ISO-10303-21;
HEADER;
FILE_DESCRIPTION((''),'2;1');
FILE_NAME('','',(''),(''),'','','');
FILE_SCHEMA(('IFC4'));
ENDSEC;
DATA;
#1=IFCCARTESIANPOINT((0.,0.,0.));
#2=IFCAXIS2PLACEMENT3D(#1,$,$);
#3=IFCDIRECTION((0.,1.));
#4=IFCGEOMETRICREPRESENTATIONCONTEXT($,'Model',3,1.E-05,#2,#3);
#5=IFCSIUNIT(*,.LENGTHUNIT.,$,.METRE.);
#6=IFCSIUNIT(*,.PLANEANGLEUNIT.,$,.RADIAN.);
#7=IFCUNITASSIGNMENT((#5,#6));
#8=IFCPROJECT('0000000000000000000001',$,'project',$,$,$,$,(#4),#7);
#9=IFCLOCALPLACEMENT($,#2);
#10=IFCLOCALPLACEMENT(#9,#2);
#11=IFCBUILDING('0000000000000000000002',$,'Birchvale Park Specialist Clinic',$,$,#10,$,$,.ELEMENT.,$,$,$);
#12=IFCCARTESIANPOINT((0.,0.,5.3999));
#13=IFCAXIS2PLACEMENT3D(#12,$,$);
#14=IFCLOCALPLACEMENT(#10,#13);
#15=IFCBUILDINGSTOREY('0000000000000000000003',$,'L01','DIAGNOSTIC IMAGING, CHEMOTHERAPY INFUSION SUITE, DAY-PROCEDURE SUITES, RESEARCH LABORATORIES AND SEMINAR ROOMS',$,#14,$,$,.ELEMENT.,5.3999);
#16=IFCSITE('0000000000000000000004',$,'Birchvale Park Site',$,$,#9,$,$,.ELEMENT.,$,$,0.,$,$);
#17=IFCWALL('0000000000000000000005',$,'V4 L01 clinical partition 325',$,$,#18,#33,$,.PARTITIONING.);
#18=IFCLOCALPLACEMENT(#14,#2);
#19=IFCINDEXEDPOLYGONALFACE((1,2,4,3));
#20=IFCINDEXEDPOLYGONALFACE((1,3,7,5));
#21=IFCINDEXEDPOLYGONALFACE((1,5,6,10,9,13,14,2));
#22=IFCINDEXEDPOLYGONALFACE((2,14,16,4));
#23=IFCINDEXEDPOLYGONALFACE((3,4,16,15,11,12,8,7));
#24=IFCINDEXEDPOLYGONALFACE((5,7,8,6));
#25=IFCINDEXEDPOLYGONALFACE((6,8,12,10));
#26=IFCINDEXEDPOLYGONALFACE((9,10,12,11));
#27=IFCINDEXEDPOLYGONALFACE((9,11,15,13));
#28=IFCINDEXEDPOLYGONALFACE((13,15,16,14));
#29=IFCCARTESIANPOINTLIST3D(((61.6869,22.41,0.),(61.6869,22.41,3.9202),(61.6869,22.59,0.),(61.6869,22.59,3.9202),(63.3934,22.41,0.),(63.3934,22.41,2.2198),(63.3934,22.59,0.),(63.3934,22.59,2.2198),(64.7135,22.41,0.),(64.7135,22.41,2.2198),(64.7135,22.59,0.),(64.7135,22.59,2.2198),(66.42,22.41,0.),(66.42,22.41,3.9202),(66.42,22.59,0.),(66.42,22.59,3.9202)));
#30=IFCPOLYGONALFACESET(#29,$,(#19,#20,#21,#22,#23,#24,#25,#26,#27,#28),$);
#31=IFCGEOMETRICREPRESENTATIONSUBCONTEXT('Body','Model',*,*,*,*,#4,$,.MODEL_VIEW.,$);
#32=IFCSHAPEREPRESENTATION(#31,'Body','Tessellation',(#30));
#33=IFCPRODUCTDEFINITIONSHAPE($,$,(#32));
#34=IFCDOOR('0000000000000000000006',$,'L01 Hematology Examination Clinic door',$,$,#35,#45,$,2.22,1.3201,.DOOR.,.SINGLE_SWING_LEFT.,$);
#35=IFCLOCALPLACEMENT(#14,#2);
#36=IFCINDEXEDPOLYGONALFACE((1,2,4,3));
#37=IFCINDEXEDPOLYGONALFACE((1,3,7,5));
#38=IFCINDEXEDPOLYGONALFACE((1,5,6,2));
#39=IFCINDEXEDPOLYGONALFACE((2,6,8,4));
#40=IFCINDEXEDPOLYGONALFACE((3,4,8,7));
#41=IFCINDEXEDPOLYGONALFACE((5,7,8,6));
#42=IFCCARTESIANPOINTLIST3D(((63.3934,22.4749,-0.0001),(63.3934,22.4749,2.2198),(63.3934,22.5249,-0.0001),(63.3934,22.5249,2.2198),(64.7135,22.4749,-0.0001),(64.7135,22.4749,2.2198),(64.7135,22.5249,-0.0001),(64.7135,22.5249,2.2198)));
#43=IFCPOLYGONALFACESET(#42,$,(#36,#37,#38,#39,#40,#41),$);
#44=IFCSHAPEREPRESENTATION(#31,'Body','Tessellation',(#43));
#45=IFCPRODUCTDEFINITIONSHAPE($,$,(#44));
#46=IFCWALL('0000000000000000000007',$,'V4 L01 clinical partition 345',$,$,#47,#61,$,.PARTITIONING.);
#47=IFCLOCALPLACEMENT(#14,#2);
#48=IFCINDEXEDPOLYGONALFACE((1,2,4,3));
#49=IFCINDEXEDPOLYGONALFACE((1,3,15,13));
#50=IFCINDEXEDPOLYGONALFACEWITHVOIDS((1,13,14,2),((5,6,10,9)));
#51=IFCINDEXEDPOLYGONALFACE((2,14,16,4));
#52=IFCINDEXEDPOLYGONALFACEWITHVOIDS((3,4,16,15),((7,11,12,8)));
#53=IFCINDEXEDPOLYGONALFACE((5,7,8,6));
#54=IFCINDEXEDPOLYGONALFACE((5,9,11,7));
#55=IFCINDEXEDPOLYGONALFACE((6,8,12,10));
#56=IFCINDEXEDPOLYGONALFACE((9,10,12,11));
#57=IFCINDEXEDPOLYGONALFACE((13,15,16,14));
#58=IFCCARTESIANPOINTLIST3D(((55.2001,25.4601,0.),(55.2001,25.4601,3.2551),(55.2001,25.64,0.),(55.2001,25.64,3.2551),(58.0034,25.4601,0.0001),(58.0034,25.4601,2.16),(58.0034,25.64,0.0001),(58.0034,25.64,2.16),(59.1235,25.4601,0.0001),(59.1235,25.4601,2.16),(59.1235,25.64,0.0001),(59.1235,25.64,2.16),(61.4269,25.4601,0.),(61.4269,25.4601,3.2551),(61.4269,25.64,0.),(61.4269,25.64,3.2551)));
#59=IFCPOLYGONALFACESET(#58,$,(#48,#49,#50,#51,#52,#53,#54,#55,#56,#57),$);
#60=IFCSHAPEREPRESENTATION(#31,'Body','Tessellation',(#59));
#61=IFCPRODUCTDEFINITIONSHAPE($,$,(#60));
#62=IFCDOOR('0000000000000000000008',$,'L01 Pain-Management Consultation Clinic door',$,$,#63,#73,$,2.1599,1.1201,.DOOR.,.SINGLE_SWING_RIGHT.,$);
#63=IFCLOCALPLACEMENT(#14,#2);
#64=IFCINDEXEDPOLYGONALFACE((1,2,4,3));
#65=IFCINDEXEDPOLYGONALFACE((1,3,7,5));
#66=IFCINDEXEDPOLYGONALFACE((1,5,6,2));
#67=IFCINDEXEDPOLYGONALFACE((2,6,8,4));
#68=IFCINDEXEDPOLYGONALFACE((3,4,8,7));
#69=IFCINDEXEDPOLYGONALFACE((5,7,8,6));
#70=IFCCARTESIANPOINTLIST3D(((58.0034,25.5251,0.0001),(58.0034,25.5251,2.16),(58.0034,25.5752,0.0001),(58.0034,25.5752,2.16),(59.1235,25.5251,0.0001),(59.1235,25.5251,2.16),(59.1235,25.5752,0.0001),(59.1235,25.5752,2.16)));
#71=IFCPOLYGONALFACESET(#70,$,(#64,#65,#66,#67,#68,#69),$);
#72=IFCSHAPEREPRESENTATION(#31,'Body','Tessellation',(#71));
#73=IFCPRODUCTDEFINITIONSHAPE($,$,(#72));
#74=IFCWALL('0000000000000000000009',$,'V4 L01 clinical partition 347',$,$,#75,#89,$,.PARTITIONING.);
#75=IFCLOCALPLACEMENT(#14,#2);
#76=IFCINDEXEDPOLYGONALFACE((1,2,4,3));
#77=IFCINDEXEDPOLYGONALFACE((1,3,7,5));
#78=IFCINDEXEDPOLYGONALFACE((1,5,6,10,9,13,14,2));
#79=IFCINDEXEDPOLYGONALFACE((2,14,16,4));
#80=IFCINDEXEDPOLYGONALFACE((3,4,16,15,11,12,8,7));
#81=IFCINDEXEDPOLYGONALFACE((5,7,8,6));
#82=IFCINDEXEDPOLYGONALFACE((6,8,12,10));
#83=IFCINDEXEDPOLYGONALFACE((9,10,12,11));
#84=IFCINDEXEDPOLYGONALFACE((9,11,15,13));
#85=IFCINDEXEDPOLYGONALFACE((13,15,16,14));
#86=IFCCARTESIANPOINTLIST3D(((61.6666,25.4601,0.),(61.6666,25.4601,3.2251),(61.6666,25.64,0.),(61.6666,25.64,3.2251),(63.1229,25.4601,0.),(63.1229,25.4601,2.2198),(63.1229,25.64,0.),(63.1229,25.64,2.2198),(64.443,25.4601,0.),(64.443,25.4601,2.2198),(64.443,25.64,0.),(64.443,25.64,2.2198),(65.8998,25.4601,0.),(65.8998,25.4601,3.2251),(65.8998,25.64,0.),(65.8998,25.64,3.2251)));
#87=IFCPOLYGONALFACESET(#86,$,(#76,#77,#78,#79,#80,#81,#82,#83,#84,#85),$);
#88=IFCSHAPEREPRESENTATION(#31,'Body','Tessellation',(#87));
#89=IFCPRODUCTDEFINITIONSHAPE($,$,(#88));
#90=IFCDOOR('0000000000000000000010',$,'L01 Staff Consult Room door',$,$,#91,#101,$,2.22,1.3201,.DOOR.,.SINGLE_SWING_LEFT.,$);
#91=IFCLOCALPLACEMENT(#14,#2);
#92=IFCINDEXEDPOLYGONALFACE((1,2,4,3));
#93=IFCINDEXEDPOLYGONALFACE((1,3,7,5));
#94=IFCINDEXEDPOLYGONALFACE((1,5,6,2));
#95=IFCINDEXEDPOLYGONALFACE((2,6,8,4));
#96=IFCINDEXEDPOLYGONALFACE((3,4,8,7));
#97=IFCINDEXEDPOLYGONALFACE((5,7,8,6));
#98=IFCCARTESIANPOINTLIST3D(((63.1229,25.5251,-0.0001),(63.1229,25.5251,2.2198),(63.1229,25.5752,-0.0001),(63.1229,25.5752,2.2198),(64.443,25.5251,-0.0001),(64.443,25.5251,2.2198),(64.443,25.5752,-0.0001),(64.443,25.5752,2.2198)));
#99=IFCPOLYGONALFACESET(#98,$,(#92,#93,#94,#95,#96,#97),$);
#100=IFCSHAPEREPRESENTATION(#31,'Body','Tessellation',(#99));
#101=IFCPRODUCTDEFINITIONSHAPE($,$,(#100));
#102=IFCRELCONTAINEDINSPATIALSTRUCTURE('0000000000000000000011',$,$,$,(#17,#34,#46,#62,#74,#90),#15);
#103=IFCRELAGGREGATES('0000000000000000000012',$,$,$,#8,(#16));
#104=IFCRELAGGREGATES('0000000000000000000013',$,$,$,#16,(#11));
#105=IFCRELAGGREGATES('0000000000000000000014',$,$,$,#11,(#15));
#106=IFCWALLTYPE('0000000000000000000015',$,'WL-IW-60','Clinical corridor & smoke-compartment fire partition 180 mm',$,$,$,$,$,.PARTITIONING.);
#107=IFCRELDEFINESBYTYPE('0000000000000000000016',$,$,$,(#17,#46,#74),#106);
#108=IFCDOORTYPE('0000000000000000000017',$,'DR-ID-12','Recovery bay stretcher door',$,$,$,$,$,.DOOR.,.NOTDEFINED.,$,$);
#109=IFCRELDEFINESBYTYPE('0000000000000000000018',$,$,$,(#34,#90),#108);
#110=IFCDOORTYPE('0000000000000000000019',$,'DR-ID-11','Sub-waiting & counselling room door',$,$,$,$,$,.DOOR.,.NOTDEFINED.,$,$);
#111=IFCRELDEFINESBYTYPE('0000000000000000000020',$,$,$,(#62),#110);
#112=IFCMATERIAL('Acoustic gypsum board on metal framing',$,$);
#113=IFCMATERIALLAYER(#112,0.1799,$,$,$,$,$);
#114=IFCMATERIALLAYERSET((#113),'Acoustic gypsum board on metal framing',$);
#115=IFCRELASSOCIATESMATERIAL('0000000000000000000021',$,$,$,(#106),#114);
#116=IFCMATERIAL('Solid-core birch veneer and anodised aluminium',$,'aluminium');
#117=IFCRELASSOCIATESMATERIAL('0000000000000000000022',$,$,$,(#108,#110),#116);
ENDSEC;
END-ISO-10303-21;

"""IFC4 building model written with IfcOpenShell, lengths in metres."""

from ifc_helpers import new_model, si_unit, direction, frame, frame_2d, origin, place, context, subcontext, project, spatial, rectangle, extrude, material, layer, layer_set, type_object, element, fill, save


model = new_model("IFC4")

# Units and contexts
model_context = context("Model", 3, precision=1e-05, world=origin(), true_north=direction((0.0, 1.0)))
body_context = subcontext(model_context, "Body", "Model", "MODEL_VIEW")
ifc_project = project(units=[si_unit("LENGTHUNIT", "METRE"), si_unit("PLANEANGLEUNIT", "RADIAN")], contexts=[model_context])

# Site, building, storey
site_placement = place(None, origin())
site = spatial("IfcSite", under=ifc_project, at=site_placement, Name="Birchvale Park Site", CompositionType="ELEMENT", RefElevation=0.0)
building_placement = place(site_placement, origin())
building = spatial("IfcBuilding", under=site, at=building_placement, Name="Birchvale Park Specialist Clinic", CompositionType="ELEMENT")
storey_placement = place(building_placement, frame((0.0, 0.0, 5.3999)))
storey = spatial("IfcBuildingStorey", under=building, at=storey_placement, Name="L01", Description="DIAGNOSTIC IMAGING, CHEMOTHERAPY INFUSION SUITE, DAY-PROCEDURE SUITES, RESEARCH LABORATORIES AND SEMINAR ROOMS", CompositionType="ELEMENT", Elevation=5.3999)

# Shared definitions
ifc_material_1 = material(Name="Acoustic gypsum board on metal framing")

# Walls, openings, doors
ifc_layer_1 = layer(ifc_material_1, 0.1799)
ifc_layer_set_1 = layer_set([ifc_layer_1], Name="Acoustic gypsum board on metal framing")
wall_type_1 = type_object("IfcWallType", Name="WL-IW-60", Description="Clinical corridor & smoke-compartment fire partition 180 mm", PredefinedType="PARTITIONING", material=ifc_layer_set_1)
wall_1_placement = place(storey_placement, frame((61.6868, 22.5, 0.0), z_axis=(0.0, 0.0, 1.0), x_axis=(1.0, 0.0, 0.0)))
wall_1 = element("IfcWall", 1, at=wall_1_placement, inside=storey, type_object=wall_type_1, Name="V4 L01 clinical partition 325", PredefinedType="PARTITIONING", context=body_context, shape_type="SweptSolid", body=[
    extrude(rectangle(XDim=4.7332, YDim=0.1799, at=frame_2d((2.3667, 0.0))), origin(), (0.0, 0.0, 1.0), 3.9202),
])
opening_1_placement = place(wall_1_placement, frame((1.7065, 0.0, 0.0)))
opening_1 = element("IfcOpeningElement", 2, at=opening_1_placement, cuts=wall_1, PredefinedType="OPENING", context=body_context, shape_type="SweptSolid", body=[
    extrude(rectangle(XDim=1.3201, YDim=2.22, at=frame_2d((0.6602, 1.1099))), frame((0.0, 0.1001, 0.0), z_axis=(0.0, -1.0, 0.0), x_axis=(1.0, 0.0, 0.0)), (0.0, 0.0, 1.0), 0.2),
])
ifc_material_2 = material(Name="Solid-core birch veneer and anodised aluminium", Category="aluminium")
door_type_1 = type_object("IfcDoorType", Name="DR-ID-12", Description="Recovery bay stretcher door", OperationType="NOTDEFINED", PredefinedType="DOOR", material=ifc_material_2)
door_1_placement = place(opening_1_placement, origin())
door_1 = element("IfcDoor", 3, at=door_1_placement, inside=storey, type_object=door_type_1, Name="L01 Hematology Examination Clinic door", OperationType="SINGLE_SWING_LEFT", OverallHeight=2.22, OverallWidth=1.3201, PredefinedType="DOOR", context=body_context, shape_type="SweptSolid", body=[
    extrude(rectangle(XDim=1.3201, YDim=2.22, at=frame_2d((0.6602, 1.1099))), frame((0.0, 0.0249, 0.0), z_axis=(0.0, -1.0, 0.0), x_axis=(1.0, 0.0, 0.0)), (0.0, 0.0, 1.0), 0.05),
])
fill(opening_1, door_1)
wall_2_placement = place(storey_placement, frame((61.4268, 25.55, 0.0), z_axis=(0.0, 0.0, 1.0), x_axis=(-1.0, 0.0, 0.0)))
wall_2 = element("IfcWall", 4, at=wall_2_placement, inside=storey, type_object=wall_type_1, Name="V4 L01 clinical partition 345", PredefinedType="PARTITIONING", context=body_context, shape_type="SweptSolid", body=[
    extrude(rectangle(XDim=6.2268, YDim=0.1799, at=frame_2d((3.1133, 0.0))), origin(), (0.0, 0.0, 1.0), 3.2551),
])
opening_2_placement = place(wall_2_placement, frame((2.3032, 0.0, 0.0)))
opening_2 = element("IfcOpeningElement", 5, at=opening_2_placement, cuts=wall_2, PredefinedType="OPENING", context=body_context, shape_type="SweptSolid", body=[
    extrude(rectangle(XDim=1.1201, YDim=2.1599, at=frame_2d((0.5601, 1.0801))), frame((0.0, 0.1001, 0.0), z_axis=(0.0, -1.0, 0.0), x_axis=(1.0, 0.0, 0.0)), (0.0, 0.0, 1.0), 0.2),
])
door_type_2 = type_object("IfcDoorType", Name="DR-ID-11", Description="Sub-waiting & counselling room door", OperationType="NOTDEFINED", PredefinedType="DOOR", material=ifc_material_2)
door_2_placement = place(opening_2_placement, origin())
door_2 = element("IfcDoor", 6, at=door_2_placement, inside=storey, type_object=door_type_2, Name="L01 Pain-Management Consultation Clinic door", OperationType="SINGLE_SWING_RIGHT", OverallHeight=2.1599, OverallWidth=1.1201, PredefinedType="DOOR", context=body_context, shape_type="SweptSolid", body=[
    extrude(rectangle(XDim=1.1201, YDim=2.1599, at=frame_2d((0.5601, 1.0801))), frame((0.0, 0.0249, 0.0), z_axis=(0.0, -1.0, 0.0), x_axis=(1.0, 0.0, 0.0)), (0.0, 0.0, 1.0), 0.05),
])
fill(opening_2, door_2)
wall_3_placement = place(storey_placement, frame((65.8999, 25.55, 0.0), z_axis=(0.0, 0.0, 1.0), x_axis=(-1.0, 0.0, 0.0)))
wall_3 = element("IfcWall", 7, at=wall_3_placement, inside=storey, type_object=wall_type_1, Name="V4 L01 clinical partition 347", PredefinedType="PARTITIONING", context=body_context, shape_type="SweptSolid", body=[
    extrude(rectangle(XDim=4.2332, YDim=0.1799, at=frame_2d((2.1167, 0.0))), origin(), (0.0, 0.0, 1.0), 3.2251),
])
opening_3_placement = place(wall_3_placement, frame((1.4568, 0.0, 0.0)))
opening_3 = element("IfcOpeningElement", 8, at=opening_3_placement, cuts=wall_3, PredefinedType="OPENING", context=body_context, shape_type="SweptSolid", body=[
    extrude(rectangle(XDim=1.3201, YDim=2.22, at=frame_2d((0.6602, 1.1099))), frame((0.0, 0.1001, 0.0), z_axis=(0.0, -1.0, 0.0), x_axis=(1.0, 0.0, 0.0)), (0.0, 0.0, 1.0), 0.2),
])
door_3_placement = place(opening_3_placement, origin())
door_3 = element("IfcDoor", 9, at=door_3_placement, inside=storey, type_object=door_type_1, Name="L01 Staff Consult Room door", OperationType="SINGLE_SWING_LEFT", OverallHeight=2.22, OverallWidth=1.3201, PredefinedType="DOOR", context=body_context, shape_type="SweptSolid", body=[
    extrude(rectangle(XDim=1.3201, YDim=2.22, at=frame_2d((0.6602, 1.1099))), frame((0.0, 0.0249, 0.0), z_axis=(0.0, -1.0, 0.0), x_axis=(1.0, 0.0, 0.0)), (0.0, 0.0, 1.0), 0.05),
])
fill(opening_3, door_3)

save(model, "model.ifc")
